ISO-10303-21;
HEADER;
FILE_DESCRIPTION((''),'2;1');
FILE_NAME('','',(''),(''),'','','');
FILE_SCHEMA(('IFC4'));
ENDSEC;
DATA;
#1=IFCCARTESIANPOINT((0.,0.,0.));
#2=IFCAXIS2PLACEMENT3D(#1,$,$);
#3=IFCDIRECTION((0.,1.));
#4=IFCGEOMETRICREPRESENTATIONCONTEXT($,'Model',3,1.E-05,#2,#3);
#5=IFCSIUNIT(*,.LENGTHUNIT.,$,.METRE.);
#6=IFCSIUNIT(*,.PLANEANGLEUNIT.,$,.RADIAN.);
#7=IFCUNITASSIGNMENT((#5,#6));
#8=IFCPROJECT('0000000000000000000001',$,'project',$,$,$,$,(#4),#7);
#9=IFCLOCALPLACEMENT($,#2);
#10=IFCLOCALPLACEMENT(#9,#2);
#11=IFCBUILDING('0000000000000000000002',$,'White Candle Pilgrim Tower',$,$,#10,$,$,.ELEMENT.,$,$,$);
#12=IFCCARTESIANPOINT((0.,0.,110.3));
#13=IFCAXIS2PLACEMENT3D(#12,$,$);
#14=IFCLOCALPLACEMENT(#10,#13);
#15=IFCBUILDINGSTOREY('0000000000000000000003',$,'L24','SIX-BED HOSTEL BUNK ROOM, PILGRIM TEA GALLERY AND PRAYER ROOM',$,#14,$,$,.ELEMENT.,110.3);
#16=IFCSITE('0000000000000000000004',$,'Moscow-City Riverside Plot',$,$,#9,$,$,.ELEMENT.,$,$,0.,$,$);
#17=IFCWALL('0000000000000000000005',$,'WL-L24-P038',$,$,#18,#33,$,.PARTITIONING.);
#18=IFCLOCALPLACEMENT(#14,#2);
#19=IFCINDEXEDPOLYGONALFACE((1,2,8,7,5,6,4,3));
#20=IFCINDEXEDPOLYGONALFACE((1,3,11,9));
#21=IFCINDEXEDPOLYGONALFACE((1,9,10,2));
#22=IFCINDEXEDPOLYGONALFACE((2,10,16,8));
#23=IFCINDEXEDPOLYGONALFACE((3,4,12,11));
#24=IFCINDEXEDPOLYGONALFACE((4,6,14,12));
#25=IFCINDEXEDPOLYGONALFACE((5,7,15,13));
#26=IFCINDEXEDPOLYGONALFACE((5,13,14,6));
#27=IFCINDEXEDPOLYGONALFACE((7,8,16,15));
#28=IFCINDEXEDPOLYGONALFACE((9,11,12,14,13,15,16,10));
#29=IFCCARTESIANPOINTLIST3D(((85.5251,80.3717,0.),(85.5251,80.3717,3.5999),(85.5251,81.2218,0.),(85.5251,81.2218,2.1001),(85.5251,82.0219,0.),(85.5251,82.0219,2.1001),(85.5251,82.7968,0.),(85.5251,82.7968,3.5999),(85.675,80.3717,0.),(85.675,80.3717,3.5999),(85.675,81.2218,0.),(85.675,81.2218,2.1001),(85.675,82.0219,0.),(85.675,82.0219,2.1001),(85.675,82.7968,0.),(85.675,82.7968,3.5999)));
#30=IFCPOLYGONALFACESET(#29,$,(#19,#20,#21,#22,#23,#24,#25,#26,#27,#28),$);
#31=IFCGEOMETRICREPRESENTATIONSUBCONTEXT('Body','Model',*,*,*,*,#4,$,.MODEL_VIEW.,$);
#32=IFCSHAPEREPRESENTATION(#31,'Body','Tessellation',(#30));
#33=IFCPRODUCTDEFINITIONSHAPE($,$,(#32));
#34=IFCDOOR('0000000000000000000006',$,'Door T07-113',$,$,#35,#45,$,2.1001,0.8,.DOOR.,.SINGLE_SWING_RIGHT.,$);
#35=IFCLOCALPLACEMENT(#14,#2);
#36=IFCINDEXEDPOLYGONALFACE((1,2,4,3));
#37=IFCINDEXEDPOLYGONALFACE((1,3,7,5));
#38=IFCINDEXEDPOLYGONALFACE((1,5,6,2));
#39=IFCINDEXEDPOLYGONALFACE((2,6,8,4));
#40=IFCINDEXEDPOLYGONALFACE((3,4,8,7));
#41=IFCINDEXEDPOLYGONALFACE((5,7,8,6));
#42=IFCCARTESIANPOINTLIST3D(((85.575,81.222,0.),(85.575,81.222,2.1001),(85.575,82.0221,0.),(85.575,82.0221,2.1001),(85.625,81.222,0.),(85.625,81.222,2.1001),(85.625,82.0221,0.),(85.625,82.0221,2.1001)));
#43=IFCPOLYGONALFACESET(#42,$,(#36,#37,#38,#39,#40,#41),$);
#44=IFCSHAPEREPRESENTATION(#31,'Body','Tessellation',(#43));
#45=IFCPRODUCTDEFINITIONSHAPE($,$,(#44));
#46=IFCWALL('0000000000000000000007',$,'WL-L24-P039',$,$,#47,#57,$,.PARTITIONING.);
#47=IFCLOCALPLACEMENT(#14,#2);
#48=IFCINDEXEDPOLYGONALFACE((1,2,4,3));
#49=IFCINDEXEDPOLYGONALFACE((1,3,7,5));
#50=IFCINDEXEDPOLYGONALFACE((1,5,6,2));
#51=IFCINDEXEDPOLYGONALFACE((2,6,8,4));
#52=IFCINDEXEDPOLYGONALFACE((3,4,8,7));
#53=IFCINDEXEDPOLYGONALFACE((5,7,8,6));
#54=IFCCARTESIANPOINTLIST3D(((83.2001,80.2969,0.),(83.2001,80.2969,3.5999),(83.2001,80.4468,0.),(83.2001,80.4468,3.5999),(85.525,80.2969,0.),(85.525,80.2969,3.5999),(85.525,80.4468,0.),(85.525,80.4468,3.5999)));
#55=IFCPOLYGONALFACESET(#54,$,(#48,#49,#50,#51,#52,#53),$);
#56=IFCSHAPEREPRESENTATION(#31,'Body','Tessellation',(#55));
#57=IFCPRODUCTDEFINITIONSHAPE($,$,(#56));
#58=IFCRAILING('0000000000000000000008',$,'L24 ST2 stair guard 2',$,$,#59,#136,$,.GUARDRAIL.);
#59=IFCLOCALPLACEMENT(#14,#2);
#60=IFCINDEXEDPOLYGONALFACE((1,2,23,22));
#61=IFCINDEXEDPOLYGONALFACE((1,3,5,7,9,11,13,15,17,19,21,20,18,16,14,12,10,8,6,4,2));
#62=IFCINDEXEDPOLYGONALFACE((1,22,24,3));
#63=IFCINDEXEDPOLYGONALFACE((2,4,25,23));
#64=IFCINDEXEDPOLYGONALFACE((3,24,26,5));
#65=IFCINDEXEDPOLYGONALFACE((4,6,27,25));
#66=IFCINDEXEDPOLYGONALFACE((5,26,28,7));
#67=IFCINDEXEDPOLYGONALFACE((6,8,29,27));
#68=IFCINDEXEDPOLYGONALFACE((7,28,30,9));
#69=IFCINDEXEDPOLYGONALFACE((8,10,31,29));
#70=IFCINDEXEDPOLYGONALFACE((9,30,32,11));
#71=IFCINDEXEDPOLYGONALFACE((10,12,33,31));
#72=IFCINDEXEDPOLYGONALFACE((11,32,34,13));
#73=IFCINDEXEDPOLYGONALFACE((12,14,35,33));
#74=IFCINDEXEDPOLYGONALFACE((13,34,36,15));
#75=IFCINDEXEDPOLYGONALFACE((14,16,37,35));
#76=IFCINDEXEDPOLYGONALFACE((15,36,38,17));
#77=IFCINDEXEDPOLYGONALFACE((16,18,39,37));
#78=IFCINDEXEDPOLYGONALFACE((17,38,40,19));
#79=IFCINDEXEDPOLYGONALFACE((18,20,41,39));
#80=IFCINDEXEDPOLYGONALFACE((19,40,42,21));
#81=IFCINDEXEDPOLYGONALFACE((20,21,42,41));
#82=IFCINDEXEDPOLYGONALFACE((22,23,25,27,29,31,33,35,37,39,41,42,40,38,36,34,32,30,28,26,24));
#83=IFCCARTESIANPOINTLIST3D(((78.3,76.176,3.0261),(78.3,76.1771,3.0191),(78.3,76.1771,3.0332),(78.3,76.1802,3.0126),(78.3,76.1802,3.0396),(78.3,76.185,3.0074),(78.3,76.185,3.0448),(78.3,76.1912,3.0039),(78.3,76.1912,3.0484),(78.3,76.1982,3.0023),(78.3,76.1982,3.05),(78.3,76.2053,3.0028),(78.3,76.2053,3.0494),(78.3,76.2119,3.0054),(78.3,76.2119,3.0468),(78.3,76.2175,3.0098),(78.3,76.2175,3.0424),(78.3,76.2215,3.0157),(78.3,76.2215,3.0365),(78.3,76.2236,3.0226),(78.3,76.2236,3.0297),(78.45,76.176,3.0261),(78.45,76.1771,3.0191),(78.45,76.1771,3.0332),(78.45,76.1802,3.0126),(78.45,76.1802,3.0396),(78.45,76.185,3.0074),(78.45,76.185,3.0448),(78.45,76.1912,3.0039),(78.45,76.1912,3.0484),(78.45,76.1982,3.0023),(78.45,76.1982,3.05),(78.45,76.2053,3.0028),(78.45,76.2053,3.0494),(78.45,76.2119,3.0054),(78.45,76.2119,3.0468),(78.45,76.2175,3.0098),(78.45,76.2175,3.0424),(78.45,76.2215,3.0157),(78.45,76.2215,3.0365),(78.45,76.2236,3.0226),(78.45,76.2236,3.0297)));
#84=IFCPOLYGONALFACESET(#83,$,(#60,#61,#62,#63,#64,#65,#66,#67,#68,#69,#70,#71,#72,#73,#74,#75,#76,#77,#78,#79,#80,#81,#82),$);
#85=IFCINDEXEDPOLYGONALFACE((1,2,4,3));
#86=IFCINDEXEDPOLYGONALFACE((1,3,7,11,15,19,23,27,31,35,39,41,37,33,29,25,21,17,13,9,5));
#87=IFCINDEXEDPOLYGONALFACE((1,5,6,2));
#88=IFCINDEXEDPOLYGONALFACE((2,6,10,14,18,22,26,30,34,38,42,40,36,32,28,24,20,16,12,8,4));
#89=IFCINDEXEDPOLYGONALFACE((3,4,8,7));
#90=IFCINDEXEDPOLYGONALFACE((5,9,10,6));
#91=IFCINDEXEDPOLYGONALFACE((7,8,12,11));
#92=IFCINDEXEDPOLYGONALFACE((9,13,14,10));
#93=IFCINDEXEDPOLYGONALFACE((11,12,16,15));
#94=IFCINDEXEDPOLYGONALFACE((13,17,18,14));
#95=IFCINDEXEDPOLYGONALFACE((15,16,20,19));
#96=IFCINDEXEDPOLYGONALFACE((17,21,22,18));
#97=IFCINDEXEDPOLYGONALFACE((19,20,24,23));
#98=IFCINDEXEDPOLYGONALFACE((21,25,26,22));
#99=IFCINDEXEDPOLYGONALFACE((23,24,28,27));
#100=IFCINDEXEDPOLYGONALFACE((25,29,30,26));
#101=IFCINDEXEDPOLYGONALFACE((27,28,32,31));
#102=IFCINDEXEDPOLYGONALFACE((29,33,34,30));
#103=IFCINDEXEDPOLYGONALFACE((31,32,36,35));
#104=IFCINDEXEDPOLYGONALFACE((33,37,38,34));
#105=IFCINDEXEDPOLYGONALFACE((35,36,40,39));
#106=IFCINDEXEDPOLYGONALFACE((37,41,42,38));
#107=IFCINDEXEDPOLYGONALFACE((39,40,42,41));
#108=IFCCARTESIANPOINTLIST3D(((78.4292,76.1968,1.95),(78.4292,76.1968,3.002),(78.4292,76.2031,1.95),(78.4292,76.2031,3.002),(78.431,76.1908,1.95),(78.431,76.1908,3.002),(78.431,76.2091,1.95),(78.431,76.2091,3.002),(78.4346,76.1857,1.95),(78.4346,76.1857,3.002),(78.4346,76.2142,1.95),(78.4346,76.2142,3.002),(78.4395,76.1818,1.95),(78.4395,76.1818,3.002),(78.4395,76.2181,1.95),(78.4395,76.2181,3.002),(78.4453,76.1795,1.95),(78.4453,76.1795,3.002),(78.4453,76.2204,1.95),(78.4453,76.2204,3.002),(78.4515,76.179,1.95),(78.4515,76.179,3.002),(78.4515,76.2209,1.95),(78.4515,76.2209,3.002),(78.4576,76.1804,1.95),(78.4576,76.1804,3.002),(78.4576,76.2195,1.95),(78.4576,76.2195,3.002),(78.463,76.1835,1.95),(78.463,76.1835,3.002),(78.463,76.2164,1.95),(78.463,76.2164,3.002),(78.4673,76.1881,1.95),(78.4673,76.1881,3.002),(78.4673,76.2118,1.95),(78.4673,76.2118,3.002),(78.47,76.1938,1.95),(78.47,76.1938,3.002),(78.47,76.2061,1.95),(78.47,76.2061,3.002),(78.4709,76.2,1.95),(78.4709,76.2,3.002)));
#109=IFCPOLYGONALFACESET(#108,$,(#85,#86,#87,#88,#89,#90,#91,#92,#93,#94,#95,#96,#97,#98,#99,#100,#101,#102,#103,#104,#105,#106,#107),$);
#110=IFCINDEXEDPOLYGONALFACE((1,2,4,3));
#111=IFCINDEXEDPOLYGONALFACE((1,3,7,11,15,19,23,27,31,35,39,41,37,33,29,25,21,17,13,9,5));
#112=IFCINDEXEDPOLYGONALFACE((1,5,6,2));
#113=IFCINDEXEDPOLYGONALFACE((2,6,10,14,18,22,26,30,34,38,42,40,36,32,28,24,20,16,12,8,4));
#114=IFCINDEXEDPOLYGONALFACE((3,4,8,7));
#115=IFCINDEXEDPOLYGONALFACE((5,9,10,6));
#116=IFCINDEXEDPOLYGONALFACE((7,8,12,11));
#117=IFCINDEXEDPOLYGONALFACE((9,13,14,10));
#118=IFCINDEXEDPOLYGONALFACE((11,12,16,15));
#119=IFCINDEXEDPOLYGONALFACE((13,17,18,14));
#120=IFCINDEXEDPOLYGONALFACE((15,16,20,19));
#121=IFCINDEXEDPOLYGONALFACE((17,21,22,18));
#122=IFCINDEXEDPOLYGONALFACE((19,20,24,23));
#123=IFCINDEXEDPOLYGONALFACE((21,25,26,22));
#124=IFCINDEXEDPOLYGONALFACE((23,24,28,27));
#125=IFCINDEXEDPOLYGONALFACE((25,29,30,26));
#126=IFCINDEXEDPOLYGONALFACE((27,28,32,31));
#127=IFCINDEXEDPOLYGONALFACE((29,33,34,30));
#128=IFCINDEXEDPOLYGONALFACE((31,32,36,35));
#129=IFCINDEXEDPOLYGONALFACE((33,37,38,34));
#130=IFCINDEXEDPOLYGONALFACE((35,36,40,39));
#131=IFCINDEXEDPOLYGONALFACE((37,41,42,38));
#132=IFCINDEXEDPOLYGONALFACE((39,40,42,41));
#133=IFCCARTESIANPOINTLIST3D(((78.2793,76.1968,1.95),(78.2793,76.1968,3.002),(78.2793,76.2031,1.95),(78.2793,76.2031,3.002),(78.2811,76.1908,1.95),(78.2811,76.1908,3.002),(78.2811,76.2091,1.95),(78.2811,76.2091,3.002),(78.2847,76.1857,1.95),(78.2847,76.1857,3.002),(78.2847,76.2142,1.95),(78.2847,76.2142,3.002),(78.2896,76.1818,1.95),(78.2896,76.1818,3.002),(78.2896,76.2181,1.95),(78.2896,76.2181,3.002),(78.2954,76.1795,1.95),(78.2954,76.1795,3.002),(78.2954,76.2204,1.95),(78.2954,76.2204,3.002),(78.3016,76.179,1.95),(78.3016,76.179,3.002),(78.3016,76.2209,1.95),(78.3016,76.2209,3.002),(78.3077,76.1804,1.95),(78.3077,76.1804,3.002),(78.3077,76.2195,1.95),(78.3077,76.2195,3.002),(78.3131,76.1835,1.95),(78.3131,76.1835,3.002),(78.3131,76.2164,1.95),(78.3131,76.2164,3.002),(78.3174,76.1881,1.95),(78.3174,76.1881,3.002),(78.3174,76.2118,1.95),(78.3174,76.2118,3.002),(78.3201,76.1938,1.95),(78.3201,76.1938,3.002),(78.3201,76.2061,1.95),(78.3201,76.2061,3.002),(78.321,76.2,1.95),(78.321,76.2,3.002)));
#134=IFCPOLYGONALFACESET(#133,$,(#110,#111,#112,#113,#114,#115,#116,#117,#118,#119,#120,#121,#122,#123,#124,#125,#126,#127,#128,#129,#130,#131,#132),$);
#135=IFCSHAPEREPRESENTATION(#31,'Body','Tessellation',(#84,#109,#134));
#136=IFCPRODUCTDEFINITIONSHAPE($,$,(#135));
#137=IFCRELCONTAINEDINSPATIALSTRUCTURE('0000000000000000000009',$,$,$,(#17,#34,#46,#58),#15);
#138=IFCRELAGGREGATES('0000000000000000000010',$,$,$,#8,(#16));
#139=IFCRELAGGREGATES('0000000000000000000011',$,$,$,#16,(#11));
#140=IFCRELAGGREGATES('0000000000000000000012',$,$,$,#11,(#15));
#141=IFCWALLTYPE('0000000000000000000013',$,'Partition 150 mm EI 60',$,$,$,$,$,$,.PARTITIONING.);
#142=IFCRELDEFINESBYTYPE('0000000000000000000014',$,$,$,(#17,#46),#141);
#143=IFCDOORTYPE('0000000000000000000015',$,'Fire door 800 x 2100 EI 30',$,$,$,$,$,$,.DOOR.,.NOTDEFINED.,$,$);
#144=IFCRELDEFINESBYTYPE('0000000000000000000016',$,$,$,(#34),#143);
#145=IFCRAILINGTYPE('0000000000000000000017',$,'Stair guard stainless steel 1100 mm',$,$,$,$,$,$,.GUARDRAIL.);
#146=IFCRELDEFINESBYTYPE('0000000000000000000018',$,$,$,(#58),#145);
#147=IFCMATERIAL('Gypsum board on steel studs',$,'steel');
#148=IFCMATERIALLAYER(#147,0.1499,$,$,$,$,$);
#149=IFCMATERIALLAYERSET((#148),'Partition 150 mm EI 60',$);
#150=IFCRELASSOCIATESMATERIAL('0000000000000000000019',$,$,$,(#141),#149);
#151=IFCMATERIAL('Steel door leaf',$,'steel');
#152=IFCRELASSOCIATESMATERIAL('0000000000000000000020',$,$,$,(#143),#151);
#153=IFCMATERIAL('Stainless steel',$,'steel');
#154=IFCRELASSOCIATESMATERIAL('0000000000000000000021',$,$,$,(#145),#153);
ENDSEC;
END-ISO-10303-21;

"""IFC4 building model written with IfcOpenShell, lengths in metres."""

from ifc_helpers import new_model, si_unit, direction, frame, frame_2d, origin, origin_2d, place, context, subcontext, project, spatial, rectangle, circle, extrude, material, layer, layer_set, type_object, element, fill, save


model = new_model("IFC4")

# Units and contexts
model_context = context("Model", 3, precision=1e-05, world=origin(), true_north=direction((0.0, 1.0)))
body_context = subcontext(model_context, "Body", "Model", "MODEL_VIEW")
ifc_project = project(units=[si_unit("LENGTHUNIT", "METRE"), si_unit("PLANEANGLEUNIT", "RADIAN")], contexts=[model_context])

# Site, building, storey
site_placement = place(None, origin())
site = spatial("IfcSite", under=ifc_project, at=site_placement, Name="Moscow-City Riverside Plot", CompositionType="ELEMENT", RefElevation=0.0)
building_placement = place(site_placement, origin())
building = spatial("IfcBuilding", under=site, at=building_placement, Name="White Candle Pilgrim Tower", CompositionType="ELEMENT")
storey_placement = place(building_placement, frame((0.0, 0.0, 110.3)))
storey = spatial("IfcBuildingStorey", under=building, at=storey_placement, Name="L24", Description="SIX-BED HOSTEL BUNK ROOM, PILGRIM TEA GALLERY AND PRAYER ROOM", CompositionType="ELEMENT", Elevation=110.3)

# Shared definitions
ifc_material_1 = material(Name="Steel door leaf", Category="steel")

# Shared definitions
ifc_material_2 = material(Name="Gypsum board on steel studs", Category="steel")

# Shared definitions
ifc_layer_1 = layer(ifc_material_2, 0.1499)
ifc_layer_set_1 = layer_set([ifc_layer_1], Name="Partition 150 mm EI 60")
wall_type_1 = type_object("IfcWallType", Name="Partition 150 mm EI 60", PredefinedType="PARTITIONING", material=ifc_layer_set_1)

# Wall, opening, door
wall_1_placement = place(storey_placement, frame((85.6001, 80.3718, 0.0), z_axis=(0.0, 0.0, 1.0), x_axis=(0.0, 1.0, 0.0)))
wall_1 = element("IfcWall", 1, at=wall_1_placement, inside=storey, type_object=wall_type_1, Name="WL-L24-P038", PredefinedType="PARTITIONING", context=body_context, shape_type="SweptSolid", body=[
    extrude(rectangle(XDim=2.425, YDim=0.1499, at=frame_2d((1.2124, 0.0))), origin(), (0.0, 0.0, 1.0), 3.5999),
])
opening_1_placement = place(wall_1_placement, frame((0.8501, 0.0, 0.0)))
opening_1 = element("IfcOpeningElement", 2, at=opening_1_placement, cuts=wall_1, PredefinedType="OPENING", context=body_context, shape_type="SweptSolid", body=[
    extrude(rectangle(XDim=0.8, YDim=2.1001, at=frame_2d((0.3999, 1.05))), frame((0.0, 0.085, 0.0), z_axis=(0.0, -1.0, 0.0), x_axis=(1.0, 0.0, 0.0)), (0.0, 0.0, 1.0), 0.1699),
])
door_type_1 = type_object("IfcDoorType", Name="Fire door 800 x 2100 EI 30", OperationType="NOTDEFINED", PredefinedType="DOOR", material=ifc_material_1)
door_1_placement = place(opening_1_placement, frame((0.8, 0.0, 0.0), z_axis=(0.0, 0.0, 1.0), x_axis=(-1.0, 0.0, 0.0)))
door_1 = element("IfcDoor", 3, at=door_1_placement, inside=storey, type_object=door_type_1, Name="Door T07-113", OperationType="SINGLE_SWING_RIGHT", OverallHeight=2.1001, OverallWidth=0.8, PredefinedType="DOOR", context=body_context, shape_type="SweptSolid", body=[
    extrude(rectangle(XDim=0.8, YDim=2.1001, at=frame_2d((0.3999, 1.05))), frame((0.0, 0.0249, 0.0), z_axis=(0.0, -1.0, 0.0), x_axis=(1.0, 0.0, 0.0)), (0.0, 0.0, 1.0), 0.05),
])
fill(opening_1, door_1)

# Wall
wall_2_placement = place(storey_placement, frame((83.2, 80.3718, 0.0), z_axis=(0.0, 0.0, 1.0), x_axis=(1.0, 0.0, 0.0)))
element("IfcWall", 4, at=wall_2_placement, inside=storey, type_object=wall_type_1, Name="WL-L24-P039", PredefinedType="PARTITIONING", context=body_context, shape_type="SweptSolid", body=[
    extrude(rectangle(XDim=2.325, YDim=0.1499, at=frame_2d((1.1626, 0.0))), origin(), (0.0, 0.0, 1.0), 3.5999),
])

# Railing
ifc_material_3 = material(Name="Stainless steel", Category="steel")
railing_type = type_object("IfcRailingType", Name="Stair guard stainless steel 1100 mm", PredefinedType="GUARDRAIL", material=ifc_material_3)
railing_1_placement = place(storey_placement, frame((78.45, 76.2, 1.95)))
element("IfcRailing", 5, at=railing_1_placement, inside=storey, type_object=railing_type, Name="L24 ST2 stair guard 2", PredefinedType="GUARDRAIL", context=body_context, shape_type="SweptSolid", body=[
    extrude(circle(Radius=0.0239, at=origin_2d()), frame((0.0, 0.0, 1.0762), z_axis=(-1.0, 0.0, 0.0), x_axis=(0.0, -1.0, 0.0)), (0.0, 0.0, 1.0), 0.1499),
    extrude(circle(Radius=0.021, at=origin_2d()), origin(), (0.0, 0.0, 1.0), 1.052),
    extrude(circle(Radius=0.021, at=origin_2d()), frame((-0.1499, 0.0, 0.0)), (0.0, 0.0, 1.0), 1.052),
])

save(model, "model.ifc")
